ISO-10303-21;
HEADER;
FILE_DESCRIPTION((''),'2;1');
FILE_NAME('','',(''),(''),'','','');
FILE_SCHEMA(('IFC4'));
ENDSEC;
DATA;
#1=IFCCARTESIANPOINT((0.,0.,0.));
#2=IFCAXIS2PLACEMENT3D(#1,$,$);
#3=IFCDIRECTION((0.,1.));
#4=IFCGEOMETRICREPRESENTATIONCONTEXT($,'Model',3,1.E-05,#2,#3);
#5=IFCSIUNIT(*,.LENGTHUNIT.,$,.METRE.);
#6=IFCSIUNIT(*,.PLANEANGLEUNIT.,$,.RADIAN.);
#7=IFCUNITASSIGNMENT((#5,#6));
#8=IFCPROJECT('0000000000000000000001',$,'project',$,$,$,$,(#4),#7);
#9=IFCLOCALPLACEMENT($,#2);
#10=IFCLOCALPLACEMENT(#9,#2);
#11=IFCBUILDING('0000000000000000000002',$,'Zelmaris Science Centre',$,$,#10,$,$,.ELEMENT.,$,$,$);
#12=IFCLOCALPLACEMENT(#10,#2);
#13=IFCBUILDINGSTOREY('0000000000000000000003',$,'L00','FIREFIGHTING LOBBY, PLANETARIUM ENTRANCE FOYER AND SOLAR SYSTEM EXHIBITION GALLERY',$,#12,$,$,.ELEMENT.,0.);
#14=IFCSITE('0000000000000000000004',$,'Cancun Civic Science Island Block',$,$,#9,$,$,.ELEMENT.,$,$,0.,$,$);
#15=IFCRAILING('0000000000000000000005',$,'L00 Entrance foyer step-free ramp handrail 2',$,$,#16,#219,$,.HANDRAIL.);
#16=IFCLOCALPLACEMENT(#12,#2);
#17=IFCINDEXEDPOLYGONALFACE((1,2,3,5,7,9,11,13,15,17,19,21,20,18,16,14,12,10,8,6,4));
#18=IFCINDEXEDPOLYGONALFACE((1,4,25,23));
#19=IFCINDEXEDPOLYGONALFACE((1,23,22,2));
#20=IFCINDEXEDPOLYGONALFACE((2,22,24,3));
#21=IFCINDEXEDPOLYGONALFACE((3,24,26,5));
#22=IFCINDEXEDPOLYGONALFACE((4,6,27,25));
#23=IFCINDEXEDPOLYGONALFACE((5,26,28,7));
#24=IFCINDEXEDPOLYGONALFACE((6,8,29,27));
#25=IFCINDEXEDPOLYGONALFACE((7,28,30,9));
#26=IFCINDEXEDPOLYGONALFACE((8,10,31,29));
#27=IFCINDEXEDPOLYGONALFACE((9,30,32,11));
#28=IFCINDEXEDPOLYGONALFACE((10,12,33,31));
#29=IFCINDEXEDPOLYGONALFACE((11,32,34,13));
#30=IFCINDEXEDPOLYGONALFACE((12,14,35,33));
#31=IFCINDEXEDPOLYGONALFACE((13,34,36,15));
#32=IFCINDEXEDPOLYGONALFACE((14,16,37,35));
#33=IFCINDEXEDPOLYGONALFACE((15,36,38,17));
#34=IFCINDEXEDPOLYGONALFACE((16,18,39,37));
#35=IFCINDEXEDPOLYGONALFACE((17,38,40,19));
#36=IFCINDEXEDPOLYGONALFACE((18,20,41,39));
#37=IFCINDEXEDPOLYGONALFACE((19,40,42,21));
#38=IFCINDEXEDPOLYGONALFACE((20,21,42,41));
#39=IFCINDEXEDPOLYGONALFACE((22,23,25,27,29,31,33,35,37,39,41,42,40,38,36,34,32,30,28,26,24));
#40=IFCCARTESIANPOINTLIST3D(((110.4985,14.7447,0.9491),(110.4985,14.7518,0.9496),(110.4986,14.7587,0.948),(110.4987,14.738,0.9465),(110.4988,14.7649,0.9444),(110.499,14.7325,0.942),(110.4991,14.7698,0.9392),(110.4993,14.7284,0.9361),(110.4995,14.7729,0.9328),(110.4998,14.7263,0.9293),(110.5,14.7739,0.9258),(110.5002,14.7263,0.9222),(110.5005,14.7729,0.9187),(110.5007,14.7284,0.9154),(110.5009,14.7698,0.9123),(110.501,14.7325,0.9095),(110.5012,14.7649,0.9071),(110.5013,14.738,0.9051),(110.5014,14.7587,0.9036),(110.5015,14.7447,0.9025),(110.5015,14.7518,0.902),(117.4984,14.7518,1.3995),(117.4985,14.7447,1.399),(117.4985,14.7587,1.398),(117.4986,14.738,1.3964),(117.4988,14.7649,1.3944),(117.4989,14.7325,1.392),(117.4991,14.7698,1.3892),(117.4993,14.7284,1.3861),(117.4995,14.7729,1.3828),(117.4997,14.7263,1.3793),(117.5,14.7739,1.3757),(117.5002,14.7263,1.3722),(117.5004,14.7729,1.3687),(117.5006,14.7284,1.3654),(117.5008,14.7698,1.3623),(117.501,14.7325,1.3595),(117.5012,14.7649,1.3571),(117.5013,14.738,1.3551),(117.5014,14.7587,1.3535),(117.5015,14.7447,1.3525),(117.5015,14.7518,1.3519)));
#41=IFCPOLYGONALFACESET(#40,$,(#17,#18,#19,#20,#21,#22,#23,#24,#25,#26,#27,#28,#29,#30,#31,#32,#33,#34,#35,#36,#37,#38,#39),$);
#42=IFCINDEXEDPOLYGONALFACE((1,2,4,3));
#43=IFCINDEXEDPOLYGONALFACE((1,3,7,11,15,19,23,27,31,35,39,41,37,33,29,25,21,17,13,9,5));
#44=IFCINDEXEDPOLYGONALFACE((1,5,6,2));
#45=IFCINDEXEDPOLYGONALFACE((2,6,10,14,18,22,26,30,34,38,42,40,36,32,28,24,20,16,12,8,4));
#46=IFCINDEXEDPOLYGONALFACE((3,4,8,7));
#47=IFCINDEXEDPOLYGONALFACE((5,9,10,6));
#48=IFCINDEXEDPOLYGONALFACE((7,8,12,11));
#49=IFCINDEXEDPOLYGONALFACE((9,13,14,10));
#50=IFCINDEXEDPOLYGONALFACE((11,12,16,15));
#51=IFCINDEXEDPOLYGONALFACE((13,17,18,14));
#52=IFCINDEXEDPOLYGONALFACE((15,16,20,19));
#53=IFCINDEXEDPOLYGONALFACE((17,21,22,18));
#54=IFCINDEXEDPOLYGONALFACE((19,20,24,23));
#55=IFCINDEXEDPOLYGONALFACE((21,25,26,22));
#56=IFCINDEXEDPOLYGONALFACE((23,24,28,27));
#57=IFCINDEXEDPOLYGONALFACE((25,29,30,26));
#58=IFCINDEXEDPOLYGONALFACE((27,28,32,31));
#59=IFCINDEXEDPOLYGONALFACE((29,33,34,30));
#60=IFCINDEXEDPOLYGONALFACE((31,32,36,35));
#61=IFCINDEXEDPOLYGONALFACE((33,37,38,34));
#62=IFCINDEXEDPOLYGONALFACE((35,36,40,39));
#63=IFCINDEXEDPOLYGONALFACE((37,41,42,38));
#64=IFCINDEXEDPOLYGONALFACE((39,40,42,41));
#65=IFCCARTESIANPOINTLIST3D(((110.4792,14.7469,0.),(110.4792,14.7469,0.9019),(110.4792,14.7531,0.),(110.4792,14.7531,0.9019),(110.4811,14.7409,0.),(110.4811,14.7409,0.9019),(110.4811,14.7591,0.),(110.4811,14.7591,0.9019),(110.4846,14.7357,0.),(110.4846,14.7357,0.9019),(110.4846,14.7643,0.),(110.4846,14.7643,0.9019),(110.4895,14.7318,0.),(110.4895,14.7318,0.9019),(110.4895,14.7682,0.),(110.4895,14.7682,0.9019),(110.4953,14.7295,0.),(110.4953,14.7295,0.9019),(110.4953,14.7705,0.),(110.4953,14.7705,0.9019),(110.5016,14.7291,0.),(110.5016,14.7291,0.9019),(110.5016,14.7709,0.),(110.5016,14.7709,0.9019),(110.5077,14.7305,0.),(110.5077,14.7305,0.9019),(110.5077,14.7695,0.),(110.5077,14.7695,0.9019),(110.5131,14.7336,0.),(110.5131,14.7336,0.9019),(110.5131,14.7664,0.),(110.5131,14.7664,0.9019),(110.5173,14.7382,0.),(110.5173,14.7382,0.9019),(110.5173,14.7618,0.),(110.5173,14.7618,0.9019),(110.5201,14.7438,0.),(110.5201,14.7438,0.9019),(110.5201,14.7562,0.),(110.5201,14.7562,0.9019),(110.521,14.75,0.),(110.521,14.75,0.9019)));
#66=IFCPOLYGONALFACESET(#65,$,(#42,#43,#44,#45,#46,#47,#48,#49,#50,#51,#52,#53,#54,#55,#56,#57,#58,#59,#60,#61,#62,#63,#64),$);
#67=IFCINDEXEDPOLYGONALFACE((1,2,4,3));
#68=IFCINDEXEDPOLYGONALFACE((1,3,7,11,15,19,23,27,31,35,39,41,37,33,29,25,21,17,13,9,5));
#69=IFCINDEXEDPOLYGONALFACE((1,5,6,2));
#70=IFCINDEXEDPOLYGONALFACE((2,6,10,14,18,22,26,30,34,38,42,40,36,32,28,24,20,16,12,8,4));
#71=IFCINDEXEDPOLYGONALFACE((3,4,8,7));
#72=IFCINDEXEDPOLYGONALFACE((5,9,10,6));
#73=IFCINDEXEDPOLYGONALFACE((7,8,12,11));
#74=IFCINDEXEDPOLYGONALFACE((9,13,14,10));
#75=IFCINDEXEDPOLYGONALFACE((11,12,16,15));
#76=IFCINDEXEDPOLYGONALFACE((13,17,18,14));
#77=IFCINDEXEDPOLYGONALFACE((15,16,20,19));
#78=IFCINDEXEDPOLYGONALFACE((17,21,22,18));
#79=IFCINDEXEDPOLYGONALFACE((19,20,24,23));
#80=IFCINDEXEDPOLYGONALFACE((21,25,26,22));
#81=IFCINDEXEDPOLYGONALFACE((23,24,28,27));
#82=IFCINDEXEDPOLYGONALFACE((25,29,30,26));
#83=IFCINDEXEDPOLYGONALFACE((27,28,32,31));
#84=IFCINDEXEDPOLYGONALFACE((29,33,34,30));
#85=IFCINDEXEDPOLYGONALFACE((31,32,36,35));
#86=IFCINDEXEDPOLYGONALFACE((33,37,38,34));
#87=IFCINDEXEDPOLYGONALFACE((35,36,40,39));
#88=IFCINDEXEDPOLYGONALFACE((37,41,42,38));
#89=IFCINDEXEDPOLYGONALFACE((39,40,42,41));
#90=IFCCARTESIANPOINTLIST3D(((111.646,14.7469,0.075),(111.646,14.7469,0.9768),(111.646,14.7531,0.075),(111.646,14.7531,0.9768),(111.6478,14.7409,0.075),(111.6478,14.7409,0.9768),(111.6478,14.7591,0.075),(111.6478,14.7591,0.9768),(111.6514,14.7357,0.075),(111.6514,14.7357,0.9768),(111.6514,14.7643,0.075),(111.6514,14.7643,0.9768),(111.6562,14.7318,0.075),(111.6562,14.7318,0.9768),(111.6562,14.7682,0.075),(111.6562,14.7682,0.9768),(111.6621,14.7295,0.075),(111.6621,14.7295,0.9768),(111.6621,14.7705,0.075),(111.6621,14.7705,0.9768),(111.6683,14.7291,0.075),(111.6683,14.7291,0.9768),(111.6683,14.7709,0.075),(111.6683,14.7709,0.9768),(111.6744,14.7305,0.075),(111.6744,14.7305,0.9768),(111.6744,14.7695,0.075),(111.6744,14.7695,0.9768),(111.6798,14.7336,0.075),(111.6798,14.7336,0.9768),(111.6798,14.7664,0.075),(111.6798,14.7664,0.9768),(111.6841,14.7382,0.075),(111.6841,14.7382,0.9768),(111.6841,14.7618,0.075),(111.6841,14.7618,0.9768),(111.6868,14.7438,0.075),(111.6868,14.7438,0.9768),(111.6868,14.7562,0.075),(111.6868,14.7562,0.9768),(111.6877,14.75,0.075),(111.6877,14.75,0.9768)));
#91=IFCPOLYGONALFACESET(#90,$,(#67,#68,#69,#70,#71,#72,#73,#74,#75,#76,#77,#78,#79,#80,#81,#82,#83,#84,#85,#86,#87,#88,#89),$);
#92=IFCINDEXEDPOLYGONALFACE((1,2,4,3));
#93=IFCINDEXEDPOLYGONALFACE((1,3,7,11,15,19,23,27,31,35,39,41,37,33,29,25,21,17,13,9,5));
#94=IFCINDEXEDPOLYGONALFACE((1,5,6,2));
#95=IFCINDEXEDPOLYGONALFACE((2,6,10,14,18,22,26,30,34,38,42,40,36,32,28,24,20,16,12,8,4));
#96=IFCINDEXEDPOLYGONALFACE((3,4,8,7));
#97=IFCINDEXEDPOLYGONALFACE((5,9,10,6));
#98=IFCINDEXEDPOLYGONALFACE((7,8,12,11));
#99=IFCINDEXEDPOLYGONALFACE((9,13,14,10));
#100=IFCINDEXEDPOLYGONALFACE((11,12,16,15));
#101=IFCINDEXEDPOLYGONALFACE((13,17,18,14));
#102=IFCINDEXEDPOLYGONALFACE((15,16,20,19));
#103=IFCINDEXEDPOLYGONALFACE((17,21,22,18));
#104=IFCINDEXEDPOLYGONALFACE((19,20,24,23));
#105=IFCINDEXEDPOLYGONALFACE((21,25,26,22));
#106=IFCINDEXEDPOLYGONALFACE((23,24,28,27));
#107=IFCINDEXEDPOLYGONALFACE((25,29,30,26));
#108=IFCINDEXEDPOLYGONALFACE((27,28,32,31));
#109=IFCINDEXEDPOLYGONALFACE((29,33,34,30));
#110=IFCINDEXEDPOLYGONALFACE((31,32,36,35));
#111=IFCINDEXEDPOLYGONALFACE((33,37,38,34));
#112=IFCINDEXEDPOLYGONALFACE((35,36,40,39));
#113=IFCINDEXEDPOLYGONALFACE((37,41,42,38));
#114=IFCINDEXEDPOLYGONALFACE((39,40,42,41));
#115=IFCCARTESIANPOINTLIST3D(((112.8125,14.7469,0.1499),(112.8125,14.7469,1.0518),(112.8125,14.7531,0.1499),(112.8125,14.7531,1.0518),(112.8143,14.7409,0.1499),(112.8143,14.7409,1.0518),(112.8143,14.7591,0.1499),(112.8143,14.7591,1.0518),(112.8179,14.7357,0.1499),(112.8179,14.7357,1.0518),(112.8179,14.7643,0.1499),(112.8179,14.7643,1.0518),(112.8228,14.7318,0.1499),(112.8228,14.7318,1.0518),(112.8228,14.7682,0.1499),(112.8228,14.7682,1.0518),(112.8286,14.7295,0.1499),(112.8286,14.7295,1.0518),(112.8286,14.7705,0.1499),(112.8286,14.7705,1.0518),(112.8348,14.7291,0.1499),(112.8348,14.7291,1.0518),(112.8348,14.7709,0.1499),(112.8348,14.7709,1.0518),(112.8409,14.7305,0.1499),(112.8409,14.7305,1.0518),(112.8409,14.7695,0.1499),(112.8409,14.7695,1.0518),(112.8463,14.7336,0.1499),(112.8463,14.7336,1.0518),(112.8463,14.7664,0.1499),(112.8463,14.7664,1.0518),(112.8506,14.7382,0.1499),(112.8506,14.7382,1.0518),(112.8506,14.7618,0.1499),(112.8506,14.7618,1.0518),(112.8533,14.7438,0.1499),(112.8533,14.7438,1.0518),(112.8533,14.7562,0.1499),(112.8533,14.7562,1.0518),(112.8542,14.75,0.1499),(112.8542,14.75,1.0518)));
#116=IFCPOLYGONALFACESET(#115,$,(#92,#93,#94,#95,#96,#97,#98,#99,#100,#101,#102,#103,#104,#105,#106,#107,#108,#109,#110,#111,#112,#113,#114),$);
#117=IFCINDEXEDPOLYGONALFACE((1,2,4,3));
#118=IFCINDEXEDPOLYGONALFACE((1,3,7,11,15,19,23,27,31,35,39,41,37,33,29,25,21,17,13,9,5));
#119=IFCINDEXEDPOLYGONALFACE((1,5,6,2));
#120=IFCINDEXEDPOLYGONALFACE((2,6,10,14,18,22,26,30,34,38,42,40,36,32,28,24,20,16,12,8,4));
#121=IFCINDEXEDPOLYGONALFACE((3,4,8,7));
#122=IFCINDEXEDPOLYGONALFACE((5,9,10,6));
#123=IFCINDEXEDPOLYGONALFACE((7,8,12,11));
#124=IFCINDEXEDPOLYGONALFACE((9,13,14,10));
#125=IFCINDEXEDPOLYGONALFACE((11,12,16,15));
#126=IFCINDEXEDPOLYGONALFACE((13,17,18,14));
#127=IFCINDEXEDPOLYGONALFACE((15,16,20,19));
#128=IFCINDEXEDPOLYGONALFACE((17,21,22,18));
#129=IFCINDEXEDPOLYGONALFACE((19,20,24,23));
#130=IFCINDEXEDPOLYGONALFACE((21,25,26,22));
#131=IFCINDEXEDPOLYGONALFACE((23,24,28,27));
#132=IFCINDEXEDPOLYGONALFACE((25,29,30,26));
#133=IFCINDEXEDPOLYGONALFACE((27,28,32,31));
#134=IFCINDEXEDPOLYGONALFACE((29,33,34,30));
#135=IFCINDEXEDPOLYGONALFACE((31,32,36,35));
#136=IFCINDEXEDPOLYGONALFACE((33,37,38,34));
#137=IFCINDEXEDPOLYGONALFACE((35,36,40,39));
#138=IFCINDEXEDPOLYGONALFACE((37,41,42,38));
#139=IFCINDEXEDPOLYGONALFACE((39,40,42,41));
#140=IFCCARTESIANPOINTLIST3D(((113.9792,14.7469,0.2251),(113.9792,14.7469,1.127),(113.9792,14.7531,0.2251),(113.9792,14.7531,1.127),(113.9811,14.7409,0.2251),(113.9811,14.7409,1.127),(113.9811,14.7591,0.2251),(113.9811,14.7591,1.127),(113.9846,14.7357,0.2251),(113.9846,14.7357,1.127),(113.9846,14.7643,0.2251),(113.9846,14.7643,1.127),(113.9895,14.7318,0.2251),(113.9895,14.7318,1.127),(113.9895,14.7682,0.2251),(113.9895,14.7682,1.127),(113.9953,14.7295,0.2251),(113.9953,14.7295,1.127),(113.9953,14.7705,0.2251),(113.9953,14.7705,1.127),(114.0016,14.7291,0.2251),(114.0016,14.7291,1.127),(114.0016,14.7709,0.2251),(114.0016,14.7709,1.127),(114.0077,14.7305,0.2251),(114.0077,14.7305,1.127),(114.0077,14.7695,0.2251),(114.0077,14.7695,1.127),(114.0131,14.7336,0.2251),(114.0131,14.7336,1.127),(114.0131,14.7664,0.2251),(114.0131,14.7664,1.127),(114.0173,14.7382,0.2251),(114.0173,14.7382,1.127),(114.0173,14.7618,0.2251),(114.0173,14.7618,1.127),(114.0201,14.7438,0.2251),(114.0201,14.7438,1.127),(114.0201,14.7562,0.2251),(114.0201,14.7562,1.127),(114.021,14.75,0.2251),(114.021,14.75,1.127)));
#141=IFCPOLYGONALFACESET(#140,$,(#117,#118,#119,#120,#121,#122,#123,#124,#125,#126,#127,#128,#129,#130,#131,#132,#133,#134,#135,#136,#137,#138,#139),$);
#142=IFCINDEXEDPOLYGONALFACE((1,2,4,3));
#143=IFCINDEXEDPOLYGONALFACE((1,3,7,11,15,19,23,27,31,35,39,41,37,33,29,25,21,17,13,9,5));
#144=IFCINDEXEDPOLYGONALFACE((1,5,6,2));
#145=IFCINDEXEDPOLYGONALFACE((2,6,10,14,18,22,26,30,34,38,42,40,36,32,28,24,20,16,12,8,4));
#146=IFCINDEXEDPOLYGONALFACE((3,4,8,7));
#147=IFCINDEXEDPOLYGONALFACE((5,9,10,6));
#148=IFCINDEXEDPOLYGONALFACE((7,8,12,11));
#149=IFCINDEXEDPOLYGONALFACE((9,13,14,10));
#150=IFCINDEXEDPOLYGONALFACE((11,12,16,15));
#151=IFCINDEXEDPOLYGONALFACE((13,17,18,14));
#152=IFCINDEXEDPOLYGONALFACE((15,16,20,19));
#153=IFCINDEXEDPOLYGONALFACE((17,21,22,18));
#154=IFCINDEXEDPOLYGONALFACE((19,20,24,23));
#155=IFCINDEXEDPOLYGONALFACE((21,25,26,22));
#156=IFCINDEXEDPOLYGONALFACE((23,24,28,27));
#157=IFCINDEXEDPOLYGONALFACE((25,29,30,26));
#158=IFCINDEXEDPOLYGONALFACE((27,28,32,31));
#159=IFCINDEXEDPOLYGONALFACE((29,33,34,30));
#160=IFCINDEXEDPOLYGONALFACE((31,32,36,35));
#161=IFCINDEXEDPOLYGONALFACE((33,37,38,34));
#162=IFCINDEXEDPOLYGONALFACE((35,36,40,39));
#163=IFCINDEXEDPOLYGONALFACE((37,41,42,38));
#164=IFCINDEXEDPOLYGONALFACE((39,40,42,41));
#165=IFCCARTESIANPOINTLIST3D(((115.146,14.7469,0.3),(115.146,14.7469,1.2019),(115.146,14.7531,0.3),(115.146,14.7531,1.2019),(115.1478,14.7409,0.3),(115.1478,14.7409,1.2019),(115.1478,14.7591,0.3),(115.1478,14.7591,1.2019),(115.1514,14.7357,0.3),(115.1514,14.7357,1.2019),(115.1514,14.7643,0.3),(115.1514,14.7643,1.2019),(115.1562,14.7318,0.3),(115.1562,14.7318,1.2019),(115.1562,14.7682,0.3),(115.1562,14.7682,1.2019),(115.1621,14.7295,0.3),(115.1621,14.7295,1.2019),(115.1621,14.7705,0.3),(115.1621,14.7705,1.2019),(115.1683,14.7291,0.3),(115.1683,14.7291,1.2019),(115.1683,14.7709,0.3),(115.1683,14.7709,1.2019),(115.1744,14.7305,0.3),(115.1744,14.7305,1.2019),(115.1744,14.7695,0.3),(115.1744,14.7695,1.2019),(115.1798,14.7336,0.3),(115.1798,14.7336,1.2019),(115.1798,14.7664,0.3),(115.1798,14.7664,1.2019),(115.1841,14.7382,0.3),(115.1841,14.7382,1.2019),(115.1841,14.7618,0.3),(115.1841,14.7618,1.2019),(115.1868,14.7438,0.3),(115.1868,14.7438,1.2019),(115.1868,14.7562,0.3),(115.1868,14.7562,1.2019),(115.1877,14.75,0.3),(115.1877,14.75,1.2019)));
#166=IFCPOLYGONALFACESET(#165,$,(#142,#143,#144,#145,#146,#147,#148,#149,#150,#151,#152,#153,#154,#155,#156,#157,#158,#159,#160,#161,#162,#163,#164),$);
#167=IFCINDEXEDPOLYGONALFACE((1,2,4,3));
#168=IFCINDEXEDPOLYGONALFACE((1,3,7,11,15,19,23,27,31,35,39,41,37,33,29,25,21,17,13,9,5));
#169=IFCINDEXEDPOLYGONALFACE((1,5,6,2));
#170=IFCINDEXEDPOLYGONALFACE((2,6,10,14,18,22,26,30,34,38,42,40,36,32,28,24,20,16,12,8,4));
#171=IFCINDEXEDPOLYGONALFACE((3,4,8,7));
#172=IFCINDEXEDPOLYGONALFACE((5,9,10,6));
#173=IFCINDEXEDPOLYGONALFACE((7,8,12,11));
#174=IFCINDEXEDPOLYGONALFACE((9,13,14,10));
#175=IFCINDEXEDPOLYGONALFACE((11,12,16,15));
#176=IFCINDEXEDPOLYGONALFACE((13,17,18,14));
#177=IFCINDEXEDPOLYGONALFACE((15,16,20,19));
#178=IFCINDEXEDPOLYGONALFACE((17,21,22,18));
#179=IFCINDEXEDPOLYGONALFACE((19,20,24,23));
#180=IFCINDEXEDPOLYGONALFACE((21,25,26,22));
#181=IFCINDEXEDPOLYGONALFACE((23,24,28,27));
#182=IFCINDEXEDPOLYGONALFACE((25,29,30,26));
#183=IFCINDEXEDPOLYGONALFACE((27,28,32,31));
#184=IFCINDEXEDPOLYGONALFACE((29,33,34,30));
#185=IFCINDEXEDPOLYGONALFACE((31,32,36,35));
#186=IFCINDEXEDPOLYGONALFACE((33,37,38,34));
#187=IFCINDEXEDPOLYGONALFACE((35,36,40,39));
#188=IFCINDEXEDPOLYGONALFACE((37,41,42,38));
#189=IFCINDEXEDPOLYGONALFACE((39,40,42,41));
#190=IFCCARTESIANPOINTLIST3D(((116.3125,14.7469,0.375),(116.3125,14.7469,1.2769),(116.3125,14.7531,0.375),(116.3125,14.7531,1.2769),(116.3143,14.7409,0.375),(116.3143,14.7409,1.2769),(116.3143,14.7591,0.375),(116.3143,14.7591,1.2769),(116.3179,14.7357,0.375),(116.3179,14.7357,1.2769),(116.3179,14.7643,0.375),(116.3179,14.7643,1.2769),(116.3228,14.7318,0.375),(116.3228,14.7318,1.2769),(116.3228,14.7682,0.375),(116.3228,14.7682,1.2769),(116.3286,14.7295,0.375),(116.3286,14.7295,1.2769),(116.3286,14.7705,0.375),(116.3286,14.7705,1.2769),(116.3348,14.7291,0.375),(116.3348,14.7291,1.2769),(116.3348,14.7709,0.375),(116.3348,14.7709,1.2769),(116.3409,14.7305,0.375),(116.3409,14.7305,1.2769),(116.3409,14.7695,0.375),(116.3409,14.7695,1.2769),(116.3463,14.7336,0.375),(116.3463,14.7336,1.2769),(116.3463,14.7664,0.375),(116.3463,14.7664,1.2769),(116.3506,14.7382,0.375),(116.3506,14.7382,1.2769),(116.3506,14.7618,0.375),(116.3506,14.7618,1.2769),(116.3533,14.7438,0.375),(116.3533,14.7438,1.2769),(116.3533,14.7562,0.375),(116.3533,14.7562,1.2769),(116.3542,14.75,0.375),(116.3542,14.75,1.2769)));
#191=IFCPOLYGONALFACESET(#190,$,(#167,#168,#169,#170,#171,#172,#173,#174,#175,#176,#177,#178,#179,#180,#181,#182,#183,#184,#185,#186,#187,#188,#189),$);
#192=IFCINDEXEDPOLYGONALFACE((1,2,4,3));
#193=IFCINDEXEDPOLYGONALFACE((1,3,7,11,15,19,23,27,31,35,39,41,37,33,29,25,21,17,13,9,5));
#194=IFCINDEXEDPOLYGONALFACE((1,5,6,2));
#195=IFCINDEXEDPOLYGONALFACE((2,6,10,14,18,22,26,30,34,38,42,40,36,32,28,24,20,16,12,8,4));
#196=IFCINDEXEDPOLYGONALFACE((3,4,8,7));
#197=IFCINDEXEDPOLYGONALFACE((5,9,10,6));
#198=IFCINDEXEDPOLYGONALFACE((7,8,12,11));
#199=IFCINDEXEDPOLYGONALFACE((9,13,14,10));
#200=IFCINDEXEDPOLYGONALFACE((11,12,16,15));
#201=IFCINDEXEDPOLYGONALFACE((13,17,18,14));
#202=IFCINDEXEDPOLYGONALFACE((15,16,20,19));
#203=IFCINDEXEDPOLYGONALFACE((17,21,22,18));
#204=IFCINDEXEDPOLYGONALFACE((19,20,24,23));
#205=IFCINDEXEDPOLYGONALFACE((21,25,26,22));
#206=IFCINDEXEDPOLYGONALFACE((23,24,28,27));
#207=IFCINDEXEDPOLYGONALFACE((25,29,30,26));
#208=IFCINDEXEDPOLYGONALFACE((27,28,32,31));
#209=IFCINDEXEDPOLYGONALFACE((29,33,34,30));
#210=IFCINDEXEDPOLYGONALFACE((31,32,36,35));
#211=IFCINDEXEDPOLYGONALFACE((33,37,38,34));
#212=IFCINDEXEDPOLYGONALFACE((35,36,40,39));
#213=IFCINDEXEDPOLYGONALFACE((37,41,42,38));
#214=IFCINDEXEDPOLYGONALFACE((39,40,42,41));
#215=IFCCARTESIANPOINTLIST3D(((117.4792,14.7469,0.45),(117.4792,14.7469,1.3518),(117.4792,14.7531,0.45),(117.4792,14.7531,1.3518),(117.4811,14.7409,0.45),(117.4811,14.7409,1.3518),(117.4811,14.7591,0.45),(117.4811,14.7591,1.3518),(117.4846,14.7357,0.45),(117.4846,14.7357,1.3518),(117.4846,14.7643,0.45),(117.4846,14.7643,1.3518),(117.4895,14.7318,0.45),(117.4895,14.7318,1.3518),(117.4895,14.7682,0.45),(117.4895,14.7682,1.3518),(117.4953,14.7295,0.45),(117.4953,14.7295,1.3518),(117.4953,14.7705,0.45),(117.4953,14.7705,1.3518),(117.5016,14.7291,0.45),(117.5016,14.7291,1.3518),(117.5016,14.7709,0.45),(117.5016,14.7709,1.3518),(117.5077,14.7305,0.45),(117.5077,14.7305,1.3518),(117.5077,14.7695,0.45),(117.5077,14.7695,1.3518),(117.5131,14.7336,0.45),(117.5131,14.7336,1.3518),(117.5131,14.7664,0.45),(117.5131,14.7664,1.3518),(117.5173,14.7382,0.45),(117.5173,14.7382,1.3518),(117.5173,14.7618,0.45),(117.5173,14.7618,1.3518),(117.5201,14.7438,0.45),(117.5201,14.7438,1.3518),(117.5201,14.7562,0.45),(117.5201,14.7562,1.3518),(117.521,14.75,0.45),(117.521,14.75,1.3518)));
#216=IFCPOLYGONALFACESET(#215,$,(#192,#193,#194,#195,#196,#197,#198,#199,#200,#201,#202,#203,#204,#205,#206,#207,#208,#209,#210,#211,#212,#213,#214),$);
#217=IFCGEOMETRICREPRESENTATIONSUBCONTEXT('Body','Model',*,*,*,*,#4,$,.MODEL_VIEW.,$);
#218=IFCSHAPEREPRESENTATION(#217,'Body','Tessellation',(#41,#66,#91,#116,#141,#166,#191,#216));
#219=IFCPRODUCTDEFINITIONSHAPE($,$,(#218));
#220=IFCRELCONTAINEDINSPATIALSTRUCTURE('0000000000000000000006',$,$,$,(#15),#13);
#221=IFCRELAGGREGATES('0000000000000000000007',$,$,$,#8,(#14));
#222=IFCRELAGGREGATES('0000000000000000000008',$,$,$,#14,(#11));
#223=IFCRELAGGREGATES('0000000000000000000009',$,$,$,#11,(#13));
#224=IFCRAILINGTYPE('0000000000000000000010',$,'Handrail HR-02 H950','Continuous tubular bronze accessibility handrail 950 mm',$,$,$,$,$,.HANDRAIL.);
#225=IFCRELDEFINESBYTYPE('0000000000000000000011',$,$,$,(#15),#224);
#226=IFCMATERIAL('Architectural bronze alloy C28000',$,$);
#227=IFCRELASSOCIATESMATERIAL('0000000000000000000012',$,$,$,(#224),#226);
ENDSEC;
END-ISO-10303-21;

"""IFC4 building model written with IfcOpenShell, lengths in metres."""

from ifc_helpers import new_model, si_unit, direction, frame, origin, origin_2d, place, context, subcontext, project, spatial, circle, extrude, material, type_object, element, save


model = new_model("IFC4")

# Units and contexts
model_context = context("Model", 3, precision=1e-05, world=origin(), true_north=direction((0.0, 1.0)))
body_context = subcontext(model_context, "Body", "Model", "MODEL_VIEW")
ifc_project = project(units=[si_unit("LENGTHUNIT", "METRE"), si_unit("PLANEANGLEUNIT", "RADIAN")], contexts=[model_context])

# Site, building, storey
site_placement = place(None, origin())
site = spatial("IfcSite", under=ifc_project, at=site_placement, Name="Cancun Civic Science Island Block", CompositionType="ELEMENT", RefElevation=0.0)
building_placement = place(site_placement, origin())
building = spatial("IfcBuilding", under=site, at=building_placement, Name="Zelmaris Science Centre", CompositionType="ELEMENT")
storey_placement = place(building_placement, origin())
storey = spatial("IfcBuildingStorey", under=building, at=storey_placement, Name="L00", Description="FIREFIGHTING LOBBY, PLANETARIUM ENTRANCE FOYER AND SOLAR SYSTEM EXHIBITION GALLERY", CompositionType="ELEMENT", Elevation=0.0)

# Railing
ifc_material_1 = material(Name="Architectural bronze alloy C28000")
railing_type = type_object("IfcRailingType", Name="Handrail HR-02 H950", Description="Continuous tubular bronze accessibility handrail 950 mm", PredefinedType="HANDRAIL", material=ifc_material_1)
railing_placement = place(storey_placement, frame((110.5, 14.75, 0.0)))
element("IfcRailing", 1, at=railing_placement, inside=storey, type_object=railing_type, Name="L00 Entrance foyer step-free ramp handrail 2", PredefinedType="HANDRAIL", context=body_context, shape_type="SweptSolid", body=[
    extrude(circle(Radius=0.0239, at=origin_2d()), frame((0.0, 0.0, 0.9258), z_axis=(0.997941, 0.0, 0.064146), x_axis=(0.0, 1.0, 0.0)), (0.0, 0.0, 1.0), 7.0144),
    extrude(circle(Radius=0.021, at=origin_2d()), origin(), (0.0, 0.0, 1.0), 0.9019),
    extrude(circle(Radius=0.021, at=origin_2d()), frame((1.1667, 0.0, 0.075)), (0.0, 0.0, 1.0), 0.9019),
    extrude(circle(Radius=0.021, at=origin_2d()), frame((2.3333, 0.0, 0.1499)), (0.0, 0.0, 1.0), 0.9019),
    extrude(circle(Radius=0.021, at=origin_2d()), frame((3.5, 0.0, 0.2251)), (0.0, 0.0, 1.0), 0.9019),
    extrude(circle(Radius=0.021, at=origin_2d()), frame((4.6667, 0.0, 0.3)), (0.0, 0.0, 1.0), 0.9019),
    extrude(circle(Radius=0.021, at=origin_2d()), frame((5.8333, 0.0, 0.375)), (0.0, 0.0, 1.0), 0.9019),
    extrude(circle(Radius=0.021, at=origin_2d()), frame((7.0, 0.0, 0.45)), (0.0, 0.0, 1.0), 0.9019),
])

save(model, "model.ifc")
